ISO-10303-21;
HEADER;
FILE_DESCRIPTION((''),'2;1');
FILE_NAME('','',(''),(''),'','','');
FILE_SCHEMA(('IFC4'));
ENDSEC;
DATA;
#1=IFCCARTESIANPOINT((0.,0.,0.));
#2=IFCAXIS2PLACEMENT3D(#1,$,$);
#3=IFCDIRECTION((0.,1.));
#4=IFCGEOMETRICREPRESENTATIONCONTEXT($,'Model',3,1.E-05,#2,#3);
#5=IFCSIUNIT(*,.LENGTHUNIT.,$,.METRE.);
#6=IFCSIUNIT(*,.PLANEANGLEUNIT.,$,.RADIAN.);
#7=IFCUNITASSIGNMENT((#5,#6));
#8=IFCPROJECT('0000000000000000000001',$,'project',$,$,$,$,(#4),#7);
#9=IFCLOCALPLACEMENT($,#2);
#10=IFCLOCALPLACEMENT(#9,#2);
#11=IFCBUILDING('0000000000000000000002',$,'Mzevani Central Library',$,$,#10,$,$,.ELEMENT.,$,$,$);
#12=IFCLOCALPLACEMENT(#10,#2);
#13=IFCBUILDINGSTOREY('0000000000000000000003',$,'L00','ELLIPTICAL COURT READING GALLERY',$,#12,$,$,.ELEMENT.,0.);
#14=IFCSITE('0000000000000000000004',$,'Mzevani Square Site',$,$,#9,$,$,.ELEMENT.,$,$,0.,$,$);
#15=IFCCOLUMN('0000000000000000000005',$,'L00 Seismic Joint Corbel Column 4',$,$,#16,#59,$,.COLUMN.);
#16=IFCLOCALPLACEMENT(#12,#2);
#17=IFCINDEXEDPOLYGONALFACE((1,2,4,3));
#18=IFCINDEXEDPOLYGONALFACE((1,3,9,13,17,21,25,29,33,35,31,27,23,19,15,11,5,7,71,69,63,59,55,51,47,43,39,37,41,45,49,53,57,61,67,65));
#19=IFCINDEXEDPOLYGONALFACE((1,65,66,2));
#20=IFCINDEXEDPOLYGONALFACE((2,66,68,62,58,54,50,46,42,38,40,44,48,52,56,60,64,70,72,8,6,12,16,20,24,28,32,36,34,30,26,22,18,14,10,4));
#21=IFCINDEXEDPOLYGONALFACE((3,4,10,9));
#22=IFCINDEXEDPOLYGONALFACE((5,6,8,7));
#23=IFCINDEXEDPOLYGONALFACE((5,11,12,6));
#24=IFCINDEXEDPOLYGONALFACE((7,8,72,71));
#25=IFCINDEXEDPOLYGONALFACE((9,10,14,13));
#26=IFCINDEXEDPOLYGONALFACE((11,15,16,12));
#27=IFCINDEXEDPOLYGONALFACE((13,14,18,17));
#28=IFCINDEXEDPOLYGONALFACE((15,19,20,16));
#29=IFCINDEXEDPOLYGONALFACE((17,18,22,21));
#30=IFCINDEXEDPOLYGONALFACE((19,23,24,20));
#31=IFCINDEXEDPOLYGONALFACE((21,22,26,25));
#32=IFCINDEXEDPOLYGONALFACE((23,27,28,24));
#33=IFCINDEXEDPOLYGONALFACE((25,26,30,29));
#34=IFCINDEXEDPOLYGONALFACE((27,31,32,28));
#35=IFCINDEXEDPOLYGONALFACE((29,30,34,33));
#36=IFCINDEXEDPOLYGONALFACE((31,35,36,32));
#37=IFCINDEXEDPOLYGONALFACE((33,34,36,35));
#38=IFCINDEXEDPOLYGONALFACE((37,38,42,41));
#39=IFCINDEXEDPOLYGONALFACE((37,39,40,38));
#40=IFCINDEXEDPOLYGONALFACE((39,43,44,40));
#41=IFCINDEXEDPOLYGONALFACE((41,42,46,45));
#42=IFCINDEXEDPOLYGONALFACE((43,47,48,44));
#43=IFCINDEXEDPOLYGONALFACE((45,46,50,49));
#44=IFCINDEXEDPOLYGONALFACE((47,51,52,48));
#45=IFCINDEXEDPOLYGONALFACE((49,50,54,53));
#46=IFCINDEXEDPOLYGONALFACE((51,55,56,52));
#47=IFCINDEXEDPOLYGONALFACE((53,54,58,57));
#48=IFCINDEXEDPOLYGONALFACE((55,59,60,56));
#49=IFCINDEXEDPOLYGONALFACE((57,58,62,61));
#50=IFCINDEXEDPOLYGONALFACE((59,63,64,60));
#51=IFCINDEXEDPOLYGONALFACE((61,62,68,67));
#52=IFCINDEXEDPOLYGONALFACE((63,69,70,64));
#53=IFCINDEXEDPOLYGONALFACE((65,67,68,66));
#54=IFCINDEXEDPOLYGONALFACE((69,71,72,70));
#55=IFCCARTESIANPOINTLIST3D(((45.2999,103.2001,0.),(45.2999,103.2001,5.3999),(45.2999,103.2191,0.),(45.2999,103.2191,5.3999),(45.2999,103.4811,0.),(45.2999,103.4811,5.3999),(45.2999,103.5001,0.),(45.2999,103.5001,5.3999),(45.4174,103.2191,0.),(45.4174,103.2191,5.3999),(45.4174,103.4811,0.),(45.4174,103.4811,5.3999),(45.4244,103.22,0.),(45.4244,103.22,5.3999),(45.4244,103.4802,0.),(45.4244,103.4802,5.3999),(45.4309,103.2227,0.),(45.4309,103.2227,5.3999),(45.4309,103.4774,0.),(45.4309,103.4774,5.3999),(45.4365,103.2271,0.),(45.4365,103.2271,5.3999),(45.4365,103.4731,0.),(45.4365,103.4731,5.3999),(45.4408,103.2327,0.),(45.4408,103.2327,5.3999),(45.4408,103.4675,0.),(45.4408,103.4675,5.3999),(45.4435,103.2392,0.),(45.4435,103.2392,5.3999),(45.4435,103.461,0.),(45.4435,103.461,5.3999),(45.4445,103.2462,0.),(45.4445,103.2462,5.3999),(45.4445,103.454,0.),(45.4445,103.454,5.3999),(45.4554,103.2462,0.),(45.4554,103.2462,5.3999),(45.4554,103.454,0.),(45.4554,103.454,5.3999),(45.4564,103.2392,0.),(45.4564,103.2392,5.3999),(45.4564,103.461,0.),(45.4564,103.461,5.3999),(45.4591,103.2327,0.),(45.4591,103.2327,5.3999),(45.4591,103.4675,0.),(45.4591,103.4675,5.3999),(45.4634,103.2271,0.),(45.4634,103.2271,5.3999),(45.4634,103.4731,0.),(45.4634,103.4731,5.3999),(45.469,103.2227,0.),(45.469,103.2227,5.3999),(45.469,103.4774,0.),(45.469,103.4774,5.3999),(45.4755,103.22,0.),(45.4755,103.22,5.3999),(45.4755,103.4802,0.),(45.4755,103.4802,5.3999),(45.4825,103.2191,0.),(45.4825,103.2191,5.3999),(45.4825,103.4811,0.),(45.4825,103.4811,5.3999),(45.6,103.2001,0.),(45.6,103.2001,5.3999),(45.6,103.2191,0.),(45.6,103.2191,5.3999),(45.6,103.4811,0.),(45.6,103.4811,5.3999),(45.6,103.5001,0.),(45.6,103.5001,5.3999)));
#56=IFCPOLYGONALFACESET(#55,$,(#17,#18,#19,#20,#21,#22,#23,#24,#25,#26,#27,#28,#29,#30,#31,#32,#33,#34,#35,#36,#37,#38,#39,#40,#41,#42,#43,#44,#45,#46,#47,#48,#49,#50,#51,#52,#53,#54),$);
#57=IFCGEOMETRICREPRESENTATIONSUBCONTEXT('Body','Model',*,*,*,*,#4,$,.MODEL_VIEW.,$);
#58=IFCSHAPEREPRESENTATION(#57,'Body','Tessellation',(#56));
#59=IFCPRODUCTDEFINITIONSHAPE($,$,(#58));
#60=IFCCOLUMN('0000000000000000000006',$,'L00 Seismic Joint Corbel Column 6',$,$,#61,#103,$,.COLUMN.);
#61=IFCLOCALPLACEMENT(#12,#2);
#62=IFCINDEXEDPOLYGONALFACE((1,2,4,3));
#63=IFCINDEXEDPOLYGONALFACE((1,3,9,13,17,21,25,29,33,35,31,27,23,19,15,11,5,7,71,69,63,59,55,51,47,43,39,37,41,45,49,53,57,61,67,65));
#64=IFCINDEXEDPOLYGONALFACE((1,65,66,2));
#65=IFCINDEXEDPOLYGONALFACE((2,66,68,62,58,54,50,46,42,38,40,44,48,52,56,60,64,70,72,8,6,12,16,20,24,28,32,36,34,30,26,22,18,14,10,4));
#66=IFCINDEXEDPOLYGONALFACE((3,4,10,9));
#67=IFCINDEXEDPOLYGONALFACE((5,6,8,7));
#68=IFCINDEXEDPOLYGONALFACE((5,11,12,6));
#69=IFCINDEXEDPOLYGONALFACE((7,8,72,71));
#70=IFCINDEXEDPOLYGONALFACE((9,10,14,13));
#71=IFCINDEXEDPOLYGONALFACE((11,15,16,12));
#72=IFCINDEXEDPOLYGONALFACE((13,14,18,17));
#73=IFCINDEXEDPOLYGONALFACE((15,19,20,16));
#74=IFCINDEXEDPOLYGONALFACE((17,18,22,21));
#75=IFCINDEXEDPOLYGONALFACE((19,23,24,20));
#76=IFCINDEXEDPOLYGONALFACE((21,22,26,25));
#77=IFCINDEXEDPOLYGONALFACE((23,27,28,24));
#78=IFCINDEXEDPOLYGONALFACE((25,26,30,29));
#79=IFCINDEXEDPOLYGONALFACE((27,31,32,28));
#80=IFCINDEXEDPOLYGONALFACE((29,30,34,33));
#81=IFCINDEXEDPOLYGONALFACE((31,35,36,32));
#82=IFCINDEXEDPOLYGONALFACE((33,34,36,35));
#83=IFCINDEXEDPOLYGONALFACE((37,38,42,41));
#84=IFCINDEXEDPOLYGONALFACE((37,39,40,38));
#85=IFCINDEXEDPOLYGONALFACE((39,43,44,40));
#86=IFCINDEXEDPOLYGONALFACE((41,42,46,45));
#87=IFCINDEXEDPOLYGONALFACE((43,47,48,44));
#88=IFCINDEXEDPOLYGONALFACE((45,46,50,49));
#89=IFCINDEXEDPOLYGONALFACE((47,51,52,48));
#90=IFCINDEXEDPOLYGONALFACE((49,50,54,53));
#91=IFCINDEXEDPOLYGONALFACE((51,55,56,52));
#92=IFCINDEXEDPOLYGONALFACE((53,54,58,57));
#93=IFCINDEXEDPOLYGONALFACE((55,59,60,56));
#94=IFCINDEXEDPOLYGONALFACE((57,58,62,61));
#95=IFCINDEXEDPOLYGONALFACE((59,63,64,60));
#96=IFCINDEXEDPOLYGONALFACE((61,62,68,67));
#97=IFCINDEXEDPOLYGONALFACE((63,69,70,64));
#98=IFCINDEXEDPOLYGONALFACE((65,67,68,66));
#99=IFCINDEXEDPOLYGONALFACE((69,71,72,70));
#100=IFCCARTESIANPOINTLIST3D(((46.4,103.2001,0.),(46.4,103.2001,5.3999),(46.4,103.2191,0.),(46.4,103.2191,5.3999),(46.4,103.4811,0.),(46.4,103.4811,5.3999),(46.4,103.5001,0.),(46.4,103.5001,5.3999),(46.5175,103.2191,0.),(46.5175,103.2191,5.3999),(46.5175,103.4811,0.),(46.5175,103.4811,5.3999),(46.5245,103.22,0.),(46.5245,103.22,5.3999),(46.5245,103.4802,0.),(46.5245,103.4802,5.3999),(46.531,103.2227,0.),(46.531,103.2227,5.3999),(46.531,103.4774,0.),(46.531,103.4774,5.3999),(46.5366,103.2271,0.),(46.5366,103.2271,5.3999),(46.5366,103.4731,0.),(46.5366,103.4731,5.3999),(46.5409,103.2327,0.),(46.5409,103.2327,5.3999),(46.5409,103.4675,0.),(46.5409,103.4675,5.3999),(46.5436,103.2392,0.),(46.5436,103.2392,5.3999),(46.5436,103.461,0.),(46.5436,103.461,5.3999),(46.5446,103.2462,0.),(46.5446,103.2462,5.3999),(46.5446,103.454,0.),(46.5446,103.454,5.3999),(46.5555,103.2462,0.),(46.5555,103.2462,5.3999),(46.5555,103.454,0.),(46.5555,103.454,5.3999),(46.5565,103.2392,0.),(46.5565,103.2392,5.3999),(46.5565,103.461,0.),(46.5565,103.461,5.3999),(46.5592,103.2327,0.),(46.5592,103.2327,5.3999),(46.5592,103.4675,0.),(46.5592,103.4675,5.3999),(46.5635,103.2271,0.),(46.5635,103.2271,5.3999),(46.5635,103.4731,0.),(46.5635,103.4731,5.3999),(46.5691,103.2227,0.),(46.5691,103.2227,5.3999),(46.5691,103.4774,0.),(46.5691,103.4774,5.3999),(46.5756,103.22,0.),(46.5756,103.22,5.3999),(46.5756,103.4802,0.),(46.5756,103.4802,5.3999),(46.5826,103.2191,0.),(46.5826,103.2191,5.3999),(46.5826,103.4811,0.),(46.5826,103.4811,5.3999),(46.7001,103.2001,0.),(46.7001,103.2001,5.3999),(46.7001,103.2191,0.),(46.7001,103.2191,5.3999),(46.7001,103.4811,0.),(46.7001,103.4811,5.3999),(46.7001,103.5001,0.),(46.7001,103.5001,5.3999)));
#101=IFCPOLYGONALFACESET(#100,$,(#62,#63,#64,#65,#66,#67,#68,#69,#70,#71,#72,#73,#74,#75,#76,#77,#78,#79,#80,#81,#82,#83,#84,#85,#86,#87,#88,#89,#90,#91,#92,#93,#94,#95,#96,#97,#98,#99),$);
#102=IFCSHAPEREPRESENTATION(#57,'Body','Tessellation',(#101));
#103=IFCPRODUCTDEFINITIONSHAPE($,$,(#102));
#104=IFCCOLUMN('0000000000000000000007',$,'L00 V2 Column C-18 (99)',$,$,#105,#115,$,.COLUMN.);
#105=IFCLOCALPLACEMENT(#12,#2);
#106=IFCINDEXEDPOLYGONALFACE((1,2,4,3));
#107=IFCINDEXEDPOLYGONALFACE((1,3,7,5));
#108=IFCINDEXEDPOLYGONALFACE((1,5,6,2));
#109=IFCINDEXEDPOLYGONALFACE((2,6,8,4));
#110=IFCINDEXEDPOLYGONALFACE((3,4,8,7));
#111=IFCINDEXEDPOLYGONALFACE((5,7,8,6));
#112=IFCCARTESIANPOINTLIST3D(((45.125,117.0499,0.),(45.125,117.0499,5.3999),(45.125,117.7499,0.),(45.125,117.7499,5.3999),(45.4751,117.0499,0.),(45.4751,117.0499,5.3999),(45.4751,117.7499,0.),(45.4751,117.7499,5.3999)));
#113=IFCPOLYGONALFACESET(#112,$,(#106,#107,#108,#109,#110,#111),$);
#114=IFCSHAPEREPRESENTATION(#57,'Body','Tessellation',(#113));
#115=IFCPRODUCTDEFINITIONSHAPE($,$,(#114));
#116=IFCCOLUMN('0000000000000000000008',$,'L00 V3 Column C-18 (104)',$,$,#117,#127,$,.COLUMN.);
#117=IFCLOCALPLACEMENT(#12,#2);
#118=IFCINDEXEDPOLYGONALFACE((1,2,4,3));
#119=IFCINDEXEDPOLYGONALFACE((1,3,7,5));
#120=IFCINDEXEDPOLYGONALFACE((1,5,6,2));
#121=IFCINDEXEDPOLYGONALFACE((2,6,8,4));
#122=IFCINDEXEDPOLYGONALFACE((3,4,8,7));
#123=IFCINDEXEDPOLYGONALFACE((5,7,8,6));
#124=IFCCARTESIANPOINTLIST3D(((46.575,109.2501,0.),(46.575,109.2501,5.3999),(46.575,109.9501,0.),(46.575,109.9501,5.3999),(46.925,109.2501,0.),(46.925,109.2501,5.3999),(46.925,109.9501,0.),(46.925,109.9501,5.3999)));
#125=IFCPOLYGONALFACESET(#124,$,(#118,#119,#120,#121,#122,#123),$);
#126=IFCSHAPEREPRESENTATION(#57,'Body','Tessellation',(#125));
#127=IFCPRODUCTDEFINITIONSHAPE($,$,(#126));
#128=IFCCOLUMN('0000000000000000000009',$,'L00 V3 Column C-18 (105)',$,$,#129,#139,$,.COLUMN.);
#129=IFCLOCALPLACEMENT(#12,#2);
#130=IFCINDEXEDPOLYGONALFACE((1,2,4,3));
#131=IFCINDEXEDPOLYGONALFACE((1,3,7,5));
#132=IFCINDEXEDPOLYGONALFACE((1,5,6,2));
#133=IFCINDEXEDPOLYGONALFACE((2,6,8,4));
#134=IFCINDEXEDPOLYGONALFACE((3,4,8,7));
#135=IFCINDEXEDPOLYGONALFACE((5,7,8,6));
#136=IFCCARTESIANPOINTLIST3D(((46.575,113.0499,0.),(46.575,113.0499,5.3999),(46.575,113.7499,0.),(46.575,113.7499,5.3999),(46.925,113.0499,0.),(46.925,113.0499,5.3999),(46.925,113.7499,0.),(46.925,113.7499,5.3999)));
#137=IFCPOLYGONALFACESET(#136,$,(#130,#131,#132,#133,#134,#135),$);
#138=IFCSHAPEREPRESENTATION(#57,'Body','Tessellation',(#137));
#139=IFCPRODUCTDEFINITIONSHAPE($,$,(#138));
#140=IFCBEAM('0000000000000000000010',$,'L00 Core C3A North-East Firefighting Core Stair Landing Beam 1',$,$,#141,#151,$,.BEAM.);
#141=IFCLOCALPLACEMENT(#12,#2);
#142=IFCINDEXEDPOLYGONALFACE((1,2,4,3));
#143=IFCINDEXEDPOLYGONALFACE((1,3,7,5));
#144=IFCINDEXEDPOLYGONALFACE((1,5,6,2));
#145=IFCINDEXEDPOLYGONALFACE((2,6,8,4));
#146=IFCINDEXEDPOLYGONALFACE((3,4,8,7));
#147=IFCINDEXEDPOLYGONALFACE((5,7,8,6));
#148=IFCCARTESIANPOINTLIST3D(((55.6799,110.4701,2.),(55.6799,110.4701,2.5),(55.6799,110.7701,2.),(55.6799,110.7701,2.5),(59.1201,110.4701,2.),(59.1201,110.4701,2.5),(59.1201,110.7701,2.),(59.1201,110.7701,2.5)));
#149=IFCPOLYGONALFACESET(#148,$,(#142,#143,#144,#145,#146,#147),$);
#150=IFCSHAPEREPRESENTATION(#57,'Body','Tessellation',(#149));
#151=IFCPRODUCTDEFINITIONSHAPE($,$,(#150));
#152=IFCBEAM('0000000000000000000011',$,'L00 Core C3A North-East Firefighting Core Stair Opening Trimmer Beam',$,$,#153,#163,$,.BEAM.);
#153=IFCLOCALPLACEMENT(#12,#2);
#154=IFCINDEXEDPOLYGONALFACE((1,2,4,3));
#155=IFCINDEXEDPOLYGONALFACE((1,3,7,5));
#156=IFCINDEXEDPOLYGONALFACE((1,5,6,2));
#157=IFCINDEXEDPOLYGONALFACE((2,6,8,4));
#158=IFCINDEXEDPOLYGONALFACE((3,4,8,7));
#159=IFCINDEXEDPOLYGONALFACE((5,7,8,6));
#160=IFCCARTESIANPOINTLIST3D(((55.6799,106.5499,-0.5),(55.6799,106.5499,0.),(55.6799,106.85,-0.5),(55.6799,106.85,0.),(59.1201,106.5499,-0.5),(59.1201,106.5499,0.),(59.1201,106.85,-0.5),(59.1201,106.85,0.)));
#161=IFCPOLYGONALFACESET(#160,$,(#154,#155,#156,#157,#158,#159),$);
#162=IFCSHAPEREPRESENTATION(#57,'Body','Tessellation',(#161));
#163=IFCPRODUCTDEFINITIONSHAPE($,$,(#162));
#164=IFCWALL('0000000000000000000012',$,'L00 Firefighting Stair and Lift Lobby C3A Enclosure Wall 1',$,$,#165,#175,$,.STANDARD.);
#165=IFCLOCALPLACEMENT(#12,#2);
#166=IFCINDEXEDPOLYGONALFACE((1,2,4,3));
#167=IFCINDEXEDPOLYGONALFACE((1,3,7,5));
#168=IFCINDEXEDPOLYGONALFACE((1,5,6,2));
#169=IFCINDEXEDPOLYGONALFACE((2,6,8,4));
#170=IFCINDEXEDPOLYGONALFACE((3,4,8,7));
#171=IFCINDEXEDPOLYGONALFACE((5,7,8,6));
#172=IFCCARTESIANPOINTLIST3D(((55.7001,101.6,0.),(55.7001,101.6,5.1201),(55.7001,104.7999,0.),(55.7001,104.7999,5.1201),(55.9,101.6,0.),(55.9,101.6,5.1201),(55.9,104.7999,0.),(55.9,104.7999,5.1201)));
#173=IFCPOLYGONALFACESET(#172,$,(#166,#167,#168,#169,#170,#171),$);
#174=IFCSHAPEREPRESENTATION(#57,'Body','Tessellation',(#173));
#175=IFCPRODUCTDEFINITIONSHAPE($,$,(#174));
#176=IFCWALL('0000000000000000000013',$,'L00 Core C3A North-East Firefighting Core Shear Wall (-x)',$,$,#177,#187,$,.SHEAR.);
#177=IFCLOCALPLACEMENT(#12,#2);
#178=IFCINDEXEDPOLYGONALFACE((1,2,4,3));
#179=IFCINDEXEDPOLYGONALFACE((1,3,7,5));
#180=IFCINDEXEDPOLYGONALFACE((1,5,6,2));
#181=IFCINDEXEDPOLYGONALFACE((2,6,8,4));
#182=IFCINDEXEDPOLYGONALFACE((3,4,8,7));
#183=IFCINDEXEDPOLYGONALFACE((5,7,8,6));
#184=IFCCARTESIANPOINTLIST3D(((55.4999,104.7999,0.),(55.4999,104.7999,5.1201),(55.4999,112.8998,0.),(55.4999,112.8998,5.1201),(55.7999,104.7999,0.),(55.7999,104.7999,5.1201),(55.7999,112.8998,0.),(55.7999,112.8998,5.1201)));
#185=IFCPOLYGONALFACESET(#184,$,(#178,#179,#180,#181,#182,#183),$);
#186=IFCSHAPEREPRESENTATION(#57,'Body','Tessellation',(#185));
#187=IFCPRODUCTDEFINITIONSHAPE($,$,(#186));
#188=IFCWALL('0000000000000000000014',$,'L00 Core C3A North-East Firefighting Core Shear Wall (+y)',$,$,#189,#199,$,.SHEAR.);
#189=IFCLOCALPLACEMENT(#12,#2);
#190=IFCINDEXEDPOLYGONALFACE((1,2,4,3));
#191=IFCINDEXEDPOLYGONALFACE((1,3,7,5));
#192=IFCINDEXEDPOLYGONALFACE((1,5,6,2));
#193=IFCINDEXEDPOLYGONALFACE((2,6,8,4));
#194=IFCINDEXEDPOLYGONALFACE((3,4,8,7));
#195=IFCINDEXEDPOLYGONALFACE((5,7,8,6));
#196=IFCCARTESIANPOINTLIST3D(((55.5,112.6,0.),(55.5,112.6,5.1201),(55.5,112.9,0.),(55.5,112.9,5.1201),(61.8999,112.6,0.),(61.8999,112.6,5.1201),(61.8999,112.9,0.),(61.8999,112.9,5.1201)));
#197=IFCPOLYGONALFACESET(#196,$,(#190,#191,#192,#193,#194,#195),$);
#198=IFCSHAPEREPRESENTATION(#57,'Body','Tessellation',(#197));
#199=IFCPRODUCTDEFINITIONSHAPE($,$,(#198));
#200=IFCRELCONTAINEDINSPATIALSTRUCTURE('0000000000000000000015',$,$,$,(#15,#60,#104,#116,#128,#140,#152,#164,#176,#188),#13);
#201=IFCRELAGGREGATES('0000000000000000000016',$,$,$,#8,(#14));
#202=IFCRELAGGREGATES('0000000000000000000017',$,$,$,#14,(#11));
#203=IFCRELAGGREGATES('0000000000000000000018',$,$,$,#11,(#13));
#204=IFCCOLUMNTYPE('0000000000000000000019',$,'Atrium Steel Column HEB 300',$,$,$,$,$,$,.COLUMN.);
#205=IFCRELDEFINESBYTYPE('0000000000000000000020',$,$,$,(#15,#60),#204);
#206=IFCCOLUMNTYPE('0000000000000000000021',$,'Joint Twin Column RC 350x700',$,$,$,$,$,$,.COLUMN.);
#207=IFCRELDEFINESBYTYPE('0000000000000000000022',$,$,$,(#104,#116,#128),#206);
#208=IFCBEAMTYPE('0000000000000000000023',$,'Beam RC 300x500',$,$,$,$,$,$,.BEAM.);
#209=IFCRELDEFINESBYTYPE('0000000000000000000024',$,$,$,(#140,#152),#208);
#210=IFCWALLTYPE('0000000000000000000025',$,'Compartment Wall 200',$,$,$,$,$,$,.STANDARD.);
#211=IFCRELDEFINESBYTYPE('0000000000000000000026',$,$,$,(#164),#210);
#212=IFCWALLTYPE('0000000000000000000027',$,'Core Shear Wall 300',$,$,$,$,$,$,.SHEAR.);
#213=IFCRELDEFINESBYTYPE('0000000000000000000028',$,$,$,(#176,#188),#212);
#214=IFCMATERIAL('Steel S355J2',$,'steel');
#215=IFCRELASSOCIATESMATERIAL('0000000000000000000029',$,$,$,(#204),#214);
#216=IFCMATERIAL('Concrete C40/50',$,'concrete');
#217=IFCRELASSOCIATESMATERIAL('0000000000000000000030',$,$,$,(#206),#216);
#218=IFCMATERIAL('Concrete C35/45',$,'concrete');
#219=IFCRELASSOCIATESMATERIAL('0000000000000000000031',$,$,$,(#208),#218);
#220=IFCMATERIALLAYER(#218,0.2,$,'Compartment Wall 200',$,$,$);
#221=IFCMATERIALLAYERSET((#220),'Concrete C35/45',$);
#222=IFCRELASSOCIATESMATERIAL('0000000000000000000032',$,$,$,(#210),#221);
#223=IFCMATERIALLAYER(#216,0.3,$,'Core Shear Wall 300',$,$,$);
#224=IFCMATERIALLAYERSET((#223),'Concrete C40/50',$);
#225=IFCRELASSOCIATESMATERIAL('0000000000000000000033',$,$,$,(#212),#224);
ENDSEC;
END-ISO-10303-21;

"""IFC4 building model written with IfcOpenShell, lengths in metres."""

from ifc_helpers import new_model, si_unit, direction, frame, frame_2d, origin, origin_2d, place, context, subcontext, project, spatial, rectangle, i_section, extrude, material, layer, layer_set, material_profile, profile_set, type_object, element, save


model = new_model("IFC4")

# Units and contexts
model_context = context("Model", 3, precision=1e-05, world=origin(), true_north=direction((0.0, 1.0)))
body_context = subcontext(model_context, "Body", "Model", "MODEL_VIEW")
ifc_project = project(units=[si_unit("LENGTHUNIT", "METRE"), si_unit("PLANEANGLEUNIT", "RADIAN")], contexts=[model_context])

# Site, building, storey
site_placement = place(None, origin())
site = spatial("IfcSite", under=ifc_project, at=site_placement, Name="Mzevani Square Site", CompositionType="ELEMENT", RefElevation=0.0)
building_placement = place(site_placement, origin())
building = spatial("IfcBuilding", under=site, at=building_placement, Name="Mzevani Central Library", CompositionType="ELEMENT")
storey_placement = place(building_placement, origin())
storey = spatial("IfcBuildingStorey", under=building, at=storey_placement, Name="L00", Description="ELLIPTICAL COURT READING GALLERY", CompositionType="ELEMENT", Elevation=0.0)

# Columns
ifc_material_1 = material(Name="Steel S355J2", Category="steel")
ifc_material_profile_1 = material_profile(ifc_material_1, i_section(OverallWidth=0.3, OverallDepth=0.3, WebThickness=0.011, FlangeThickness=0.019, FilletRadius=0.0271, at=origin_2d()), Name="HEB 300")
ifc_profile_set_1 = profile_set([ifc_material_profile_1], Name="Steel S355J2")
column_type_1 = type_object("IfcColumnType", Name="Atrium Steel Column HEB 300", PredefinedType="COLUMN", material=ifc_profile_set_1)
for number, where, z_axis, x_axis, name in (
    (1, (45.45, 103.3501, 0.0), (0.0, 0.0, 1.0), (1.0, 0.0, 0.0), "L00 Seismic Joint Corbel Column 4"),
    (2, (46.55, 103.3501, 0.0), (0.0, 0.0, 1.0), (1.0, 0.0, 0.0), "L00 Seismic Joint Corbel Column 6"),
):
    element("IfcColumn", number, at=place(storey_placement, frame(where, z_axis=z_axis, x_axis=x_axis)), inside=storey, type_object=column_type_1, Name=name, PredefinedType="COLUMN", context=body_context, shape_type="SweptSolid", body=[
        extrude(i_section(OverallWidth=0.3, OverallDepth=0.3, WebThickness=0.011, FlangeThickness=0.019, FilletRadius=0.0271, at=origin_2d()), origin(), (0.0, 0.0, 1.0), 5.3999),
    ])
ifc_material_2 = material(Name="Concrete C40/50", Category="concrete")
ifc_material_profile_2 = material_profile(ifc_material_2, rectangle(XDim=0.3501, YDim=0.7, at=origin_2d()), Name="RC 350x700")
ifc_profile_set_2 = profile_set([ifc_material_profile_2], Name="Concrete C40/50")
column_type_2 = type_object("IfcColumnType", Name="Joint Twin Column RC 350x700", PredefinedType="COLUMN", material=ifc_profile_set_2)
for number, where, z_axis, x_axis, name in (
    (3, (45.3, 117.3999, 0.0), (0.0, 0.0, 1.0), (1.0, 0.0, 0.0), "L00 V2 Column C-18 (99)"),
    (4, (46.75, 109.6001, 0.0), (0.0, 0.0, 1.0), (1.0, 0.0, 0.0), "L00 V3 Column C-18 (104)"),
    (5, (46.75, 113.3999, 0.0), (0.0, 0.0, 1.0), (1.0, 0.0, 0.0), "L00 V3 Column C-18 (105)"),
):
    element("IfcColumn", number, at=place(storey_placement, frame(where, z_axis=z_axis, x_axis=x_axis)), inside=storey, type_object=column_type_2, Name=name, PredefinedType="COLUMN", context=body_context, shape_type="SweptSolid", body=[
        extrude(rectangle(XDim=0.3501, YDim=0.7, at=origin_2d()), origin(), (0.0, 0.0, 1.0), 5.3999),
    ])

# Beams
ifc_material_3 = material(Name="Concrete C35/45", Category="concrete")
ifc_material_profile_3 = material_profile(ifc_material_3, rectangle(XDim=0.3, YDim=0.5, at=origin_2d()), Name="RC B300x500")
ifc_profile_set_3 = profile_set([ifc_material_profile_3], Name="Concrete C35/45")
beam_type = type_object("IfcBeamType", Name="Beam RC 300x500", PredefinedType="BEAM", material=ifc_profile_set_3)
for number, where, z_axis, x_axis, name in (
    (6, (55.6799, 110.6201, 2.25), (1.0, 0.0, 0.0), (0.0, 1.0, 0.0), "L00 Core C3A North-East Firefighting Core Stair Landing Beam 1"),
    (7, (55.6799, 106.7, -0.25), (1.0, 0.0, 0.0), (0.0, 1.0, 0.0), "L00 Core C3A North-East Firefighting Core Stair Opening Trimmer Beam"),
):
    element("IfcBeam", number, at=place(storey_placement, frame(where, z_axis=z_axis, x_axis=x_axis)), inside=storey, type_object=beam_type, Name=name, PredefinedType="BEAM", context=body_context, shape_type="SweptSolid", body=[
        extrude(rectangle(XDim=0.3, YDim=0.5, at=origin_2d()), origin(), (0.0, 0.0, 1.0), 3.4402),
    ])

# Walls
ifc_layer_1 = layer(ifc_material_3, 0.2, Name="Compartment Wall 200")
ifc_layer_set_1 = layer_set([ifc_layer_1], Name="Concrete C35/45")
wall_type_1 = type_object("IfcWallType", Name="Compartment Wall 200", PredefinedType="STANDARD", material=ifc_layer_set_1)
wall_1_placement = place(storey_placement, frame((55.8, 104.8, 0.0), z_axis=(0.0, 0.0, 1.0), x_axis=(0.0, -1.0, 0.0)))
element("IfcWall", 8, at=wall_1_placement, inside=storey, type_object=wall_type_1, Name="L00 Firefighting Stair and Lift Lobby C3A Enclosure Wall 1", PredefinedType="STANDARD", context=body_context, shape_type="SweptSolid", body=[
    extrude(rectangle(XDim=3.2, YDim=0.2, at=frame_2d((1.6001, 0.0))), origin(), (0.0, 0.0, 1.0), 5.1201),
])
ifc_layer_2 = layer(ifc_material_2, 0.3, Name="Core Shear Wall 300")
ifc_layer_set_2 = layer_set([ifc_layer_2], Name="Concrete C40/50")
wall_type_2 = type_object("IfcWallType", Name="Core Shear Wall 300", PredefinedType="SHEAR", material=ifc_layer_set_2)
wall_2_placement = place(storey_placement, frame((55.6499, 104.8, 0.0), z_axis=(0.0, 0.0, 1.0), x_axis=(0.0, 1.0, 0.0)))
element("IfcWall", 9, at=wall_2_placement, inside=storey, type_object=wall_type_2, Name="L00 Core C3A North-East Firefighting Core Shear Wall (-x)", PredefinedType="SHEAR", context=body_context, shape_type="SweptSolid", body=[
    extrude(rectangle(XDim=8.0999, YDim=0.3, at=frame_2d((4.0498, 0.0))), origin(), (0.0, 0.0, 1.0), 5.1201),
])
wall_3_placement = place(storey_placement, frame((55.5, 112.75, 0.0), z_axis=(0.0, 0.0, 1.0), x_axis=(1.0, 0.0, 0.0)))
element("IfcWall", 10, at=wall_3_placement, inside=storey, type_object=wall_type_2, Name="L00 Core C3A North-East Firefighting Core Shear Wall (+y)", PredefinedType="SHEAR", context=body_context, shape_type="SweptSolid", body=[
    extrude(rectangle(XDim=6.3999, YDim=0.3, at=frame_2d((3.2, 0.0))), origin(), (0.0, 0.0, 1.0), 5.1201),
])

save(model, "model.ifc")
